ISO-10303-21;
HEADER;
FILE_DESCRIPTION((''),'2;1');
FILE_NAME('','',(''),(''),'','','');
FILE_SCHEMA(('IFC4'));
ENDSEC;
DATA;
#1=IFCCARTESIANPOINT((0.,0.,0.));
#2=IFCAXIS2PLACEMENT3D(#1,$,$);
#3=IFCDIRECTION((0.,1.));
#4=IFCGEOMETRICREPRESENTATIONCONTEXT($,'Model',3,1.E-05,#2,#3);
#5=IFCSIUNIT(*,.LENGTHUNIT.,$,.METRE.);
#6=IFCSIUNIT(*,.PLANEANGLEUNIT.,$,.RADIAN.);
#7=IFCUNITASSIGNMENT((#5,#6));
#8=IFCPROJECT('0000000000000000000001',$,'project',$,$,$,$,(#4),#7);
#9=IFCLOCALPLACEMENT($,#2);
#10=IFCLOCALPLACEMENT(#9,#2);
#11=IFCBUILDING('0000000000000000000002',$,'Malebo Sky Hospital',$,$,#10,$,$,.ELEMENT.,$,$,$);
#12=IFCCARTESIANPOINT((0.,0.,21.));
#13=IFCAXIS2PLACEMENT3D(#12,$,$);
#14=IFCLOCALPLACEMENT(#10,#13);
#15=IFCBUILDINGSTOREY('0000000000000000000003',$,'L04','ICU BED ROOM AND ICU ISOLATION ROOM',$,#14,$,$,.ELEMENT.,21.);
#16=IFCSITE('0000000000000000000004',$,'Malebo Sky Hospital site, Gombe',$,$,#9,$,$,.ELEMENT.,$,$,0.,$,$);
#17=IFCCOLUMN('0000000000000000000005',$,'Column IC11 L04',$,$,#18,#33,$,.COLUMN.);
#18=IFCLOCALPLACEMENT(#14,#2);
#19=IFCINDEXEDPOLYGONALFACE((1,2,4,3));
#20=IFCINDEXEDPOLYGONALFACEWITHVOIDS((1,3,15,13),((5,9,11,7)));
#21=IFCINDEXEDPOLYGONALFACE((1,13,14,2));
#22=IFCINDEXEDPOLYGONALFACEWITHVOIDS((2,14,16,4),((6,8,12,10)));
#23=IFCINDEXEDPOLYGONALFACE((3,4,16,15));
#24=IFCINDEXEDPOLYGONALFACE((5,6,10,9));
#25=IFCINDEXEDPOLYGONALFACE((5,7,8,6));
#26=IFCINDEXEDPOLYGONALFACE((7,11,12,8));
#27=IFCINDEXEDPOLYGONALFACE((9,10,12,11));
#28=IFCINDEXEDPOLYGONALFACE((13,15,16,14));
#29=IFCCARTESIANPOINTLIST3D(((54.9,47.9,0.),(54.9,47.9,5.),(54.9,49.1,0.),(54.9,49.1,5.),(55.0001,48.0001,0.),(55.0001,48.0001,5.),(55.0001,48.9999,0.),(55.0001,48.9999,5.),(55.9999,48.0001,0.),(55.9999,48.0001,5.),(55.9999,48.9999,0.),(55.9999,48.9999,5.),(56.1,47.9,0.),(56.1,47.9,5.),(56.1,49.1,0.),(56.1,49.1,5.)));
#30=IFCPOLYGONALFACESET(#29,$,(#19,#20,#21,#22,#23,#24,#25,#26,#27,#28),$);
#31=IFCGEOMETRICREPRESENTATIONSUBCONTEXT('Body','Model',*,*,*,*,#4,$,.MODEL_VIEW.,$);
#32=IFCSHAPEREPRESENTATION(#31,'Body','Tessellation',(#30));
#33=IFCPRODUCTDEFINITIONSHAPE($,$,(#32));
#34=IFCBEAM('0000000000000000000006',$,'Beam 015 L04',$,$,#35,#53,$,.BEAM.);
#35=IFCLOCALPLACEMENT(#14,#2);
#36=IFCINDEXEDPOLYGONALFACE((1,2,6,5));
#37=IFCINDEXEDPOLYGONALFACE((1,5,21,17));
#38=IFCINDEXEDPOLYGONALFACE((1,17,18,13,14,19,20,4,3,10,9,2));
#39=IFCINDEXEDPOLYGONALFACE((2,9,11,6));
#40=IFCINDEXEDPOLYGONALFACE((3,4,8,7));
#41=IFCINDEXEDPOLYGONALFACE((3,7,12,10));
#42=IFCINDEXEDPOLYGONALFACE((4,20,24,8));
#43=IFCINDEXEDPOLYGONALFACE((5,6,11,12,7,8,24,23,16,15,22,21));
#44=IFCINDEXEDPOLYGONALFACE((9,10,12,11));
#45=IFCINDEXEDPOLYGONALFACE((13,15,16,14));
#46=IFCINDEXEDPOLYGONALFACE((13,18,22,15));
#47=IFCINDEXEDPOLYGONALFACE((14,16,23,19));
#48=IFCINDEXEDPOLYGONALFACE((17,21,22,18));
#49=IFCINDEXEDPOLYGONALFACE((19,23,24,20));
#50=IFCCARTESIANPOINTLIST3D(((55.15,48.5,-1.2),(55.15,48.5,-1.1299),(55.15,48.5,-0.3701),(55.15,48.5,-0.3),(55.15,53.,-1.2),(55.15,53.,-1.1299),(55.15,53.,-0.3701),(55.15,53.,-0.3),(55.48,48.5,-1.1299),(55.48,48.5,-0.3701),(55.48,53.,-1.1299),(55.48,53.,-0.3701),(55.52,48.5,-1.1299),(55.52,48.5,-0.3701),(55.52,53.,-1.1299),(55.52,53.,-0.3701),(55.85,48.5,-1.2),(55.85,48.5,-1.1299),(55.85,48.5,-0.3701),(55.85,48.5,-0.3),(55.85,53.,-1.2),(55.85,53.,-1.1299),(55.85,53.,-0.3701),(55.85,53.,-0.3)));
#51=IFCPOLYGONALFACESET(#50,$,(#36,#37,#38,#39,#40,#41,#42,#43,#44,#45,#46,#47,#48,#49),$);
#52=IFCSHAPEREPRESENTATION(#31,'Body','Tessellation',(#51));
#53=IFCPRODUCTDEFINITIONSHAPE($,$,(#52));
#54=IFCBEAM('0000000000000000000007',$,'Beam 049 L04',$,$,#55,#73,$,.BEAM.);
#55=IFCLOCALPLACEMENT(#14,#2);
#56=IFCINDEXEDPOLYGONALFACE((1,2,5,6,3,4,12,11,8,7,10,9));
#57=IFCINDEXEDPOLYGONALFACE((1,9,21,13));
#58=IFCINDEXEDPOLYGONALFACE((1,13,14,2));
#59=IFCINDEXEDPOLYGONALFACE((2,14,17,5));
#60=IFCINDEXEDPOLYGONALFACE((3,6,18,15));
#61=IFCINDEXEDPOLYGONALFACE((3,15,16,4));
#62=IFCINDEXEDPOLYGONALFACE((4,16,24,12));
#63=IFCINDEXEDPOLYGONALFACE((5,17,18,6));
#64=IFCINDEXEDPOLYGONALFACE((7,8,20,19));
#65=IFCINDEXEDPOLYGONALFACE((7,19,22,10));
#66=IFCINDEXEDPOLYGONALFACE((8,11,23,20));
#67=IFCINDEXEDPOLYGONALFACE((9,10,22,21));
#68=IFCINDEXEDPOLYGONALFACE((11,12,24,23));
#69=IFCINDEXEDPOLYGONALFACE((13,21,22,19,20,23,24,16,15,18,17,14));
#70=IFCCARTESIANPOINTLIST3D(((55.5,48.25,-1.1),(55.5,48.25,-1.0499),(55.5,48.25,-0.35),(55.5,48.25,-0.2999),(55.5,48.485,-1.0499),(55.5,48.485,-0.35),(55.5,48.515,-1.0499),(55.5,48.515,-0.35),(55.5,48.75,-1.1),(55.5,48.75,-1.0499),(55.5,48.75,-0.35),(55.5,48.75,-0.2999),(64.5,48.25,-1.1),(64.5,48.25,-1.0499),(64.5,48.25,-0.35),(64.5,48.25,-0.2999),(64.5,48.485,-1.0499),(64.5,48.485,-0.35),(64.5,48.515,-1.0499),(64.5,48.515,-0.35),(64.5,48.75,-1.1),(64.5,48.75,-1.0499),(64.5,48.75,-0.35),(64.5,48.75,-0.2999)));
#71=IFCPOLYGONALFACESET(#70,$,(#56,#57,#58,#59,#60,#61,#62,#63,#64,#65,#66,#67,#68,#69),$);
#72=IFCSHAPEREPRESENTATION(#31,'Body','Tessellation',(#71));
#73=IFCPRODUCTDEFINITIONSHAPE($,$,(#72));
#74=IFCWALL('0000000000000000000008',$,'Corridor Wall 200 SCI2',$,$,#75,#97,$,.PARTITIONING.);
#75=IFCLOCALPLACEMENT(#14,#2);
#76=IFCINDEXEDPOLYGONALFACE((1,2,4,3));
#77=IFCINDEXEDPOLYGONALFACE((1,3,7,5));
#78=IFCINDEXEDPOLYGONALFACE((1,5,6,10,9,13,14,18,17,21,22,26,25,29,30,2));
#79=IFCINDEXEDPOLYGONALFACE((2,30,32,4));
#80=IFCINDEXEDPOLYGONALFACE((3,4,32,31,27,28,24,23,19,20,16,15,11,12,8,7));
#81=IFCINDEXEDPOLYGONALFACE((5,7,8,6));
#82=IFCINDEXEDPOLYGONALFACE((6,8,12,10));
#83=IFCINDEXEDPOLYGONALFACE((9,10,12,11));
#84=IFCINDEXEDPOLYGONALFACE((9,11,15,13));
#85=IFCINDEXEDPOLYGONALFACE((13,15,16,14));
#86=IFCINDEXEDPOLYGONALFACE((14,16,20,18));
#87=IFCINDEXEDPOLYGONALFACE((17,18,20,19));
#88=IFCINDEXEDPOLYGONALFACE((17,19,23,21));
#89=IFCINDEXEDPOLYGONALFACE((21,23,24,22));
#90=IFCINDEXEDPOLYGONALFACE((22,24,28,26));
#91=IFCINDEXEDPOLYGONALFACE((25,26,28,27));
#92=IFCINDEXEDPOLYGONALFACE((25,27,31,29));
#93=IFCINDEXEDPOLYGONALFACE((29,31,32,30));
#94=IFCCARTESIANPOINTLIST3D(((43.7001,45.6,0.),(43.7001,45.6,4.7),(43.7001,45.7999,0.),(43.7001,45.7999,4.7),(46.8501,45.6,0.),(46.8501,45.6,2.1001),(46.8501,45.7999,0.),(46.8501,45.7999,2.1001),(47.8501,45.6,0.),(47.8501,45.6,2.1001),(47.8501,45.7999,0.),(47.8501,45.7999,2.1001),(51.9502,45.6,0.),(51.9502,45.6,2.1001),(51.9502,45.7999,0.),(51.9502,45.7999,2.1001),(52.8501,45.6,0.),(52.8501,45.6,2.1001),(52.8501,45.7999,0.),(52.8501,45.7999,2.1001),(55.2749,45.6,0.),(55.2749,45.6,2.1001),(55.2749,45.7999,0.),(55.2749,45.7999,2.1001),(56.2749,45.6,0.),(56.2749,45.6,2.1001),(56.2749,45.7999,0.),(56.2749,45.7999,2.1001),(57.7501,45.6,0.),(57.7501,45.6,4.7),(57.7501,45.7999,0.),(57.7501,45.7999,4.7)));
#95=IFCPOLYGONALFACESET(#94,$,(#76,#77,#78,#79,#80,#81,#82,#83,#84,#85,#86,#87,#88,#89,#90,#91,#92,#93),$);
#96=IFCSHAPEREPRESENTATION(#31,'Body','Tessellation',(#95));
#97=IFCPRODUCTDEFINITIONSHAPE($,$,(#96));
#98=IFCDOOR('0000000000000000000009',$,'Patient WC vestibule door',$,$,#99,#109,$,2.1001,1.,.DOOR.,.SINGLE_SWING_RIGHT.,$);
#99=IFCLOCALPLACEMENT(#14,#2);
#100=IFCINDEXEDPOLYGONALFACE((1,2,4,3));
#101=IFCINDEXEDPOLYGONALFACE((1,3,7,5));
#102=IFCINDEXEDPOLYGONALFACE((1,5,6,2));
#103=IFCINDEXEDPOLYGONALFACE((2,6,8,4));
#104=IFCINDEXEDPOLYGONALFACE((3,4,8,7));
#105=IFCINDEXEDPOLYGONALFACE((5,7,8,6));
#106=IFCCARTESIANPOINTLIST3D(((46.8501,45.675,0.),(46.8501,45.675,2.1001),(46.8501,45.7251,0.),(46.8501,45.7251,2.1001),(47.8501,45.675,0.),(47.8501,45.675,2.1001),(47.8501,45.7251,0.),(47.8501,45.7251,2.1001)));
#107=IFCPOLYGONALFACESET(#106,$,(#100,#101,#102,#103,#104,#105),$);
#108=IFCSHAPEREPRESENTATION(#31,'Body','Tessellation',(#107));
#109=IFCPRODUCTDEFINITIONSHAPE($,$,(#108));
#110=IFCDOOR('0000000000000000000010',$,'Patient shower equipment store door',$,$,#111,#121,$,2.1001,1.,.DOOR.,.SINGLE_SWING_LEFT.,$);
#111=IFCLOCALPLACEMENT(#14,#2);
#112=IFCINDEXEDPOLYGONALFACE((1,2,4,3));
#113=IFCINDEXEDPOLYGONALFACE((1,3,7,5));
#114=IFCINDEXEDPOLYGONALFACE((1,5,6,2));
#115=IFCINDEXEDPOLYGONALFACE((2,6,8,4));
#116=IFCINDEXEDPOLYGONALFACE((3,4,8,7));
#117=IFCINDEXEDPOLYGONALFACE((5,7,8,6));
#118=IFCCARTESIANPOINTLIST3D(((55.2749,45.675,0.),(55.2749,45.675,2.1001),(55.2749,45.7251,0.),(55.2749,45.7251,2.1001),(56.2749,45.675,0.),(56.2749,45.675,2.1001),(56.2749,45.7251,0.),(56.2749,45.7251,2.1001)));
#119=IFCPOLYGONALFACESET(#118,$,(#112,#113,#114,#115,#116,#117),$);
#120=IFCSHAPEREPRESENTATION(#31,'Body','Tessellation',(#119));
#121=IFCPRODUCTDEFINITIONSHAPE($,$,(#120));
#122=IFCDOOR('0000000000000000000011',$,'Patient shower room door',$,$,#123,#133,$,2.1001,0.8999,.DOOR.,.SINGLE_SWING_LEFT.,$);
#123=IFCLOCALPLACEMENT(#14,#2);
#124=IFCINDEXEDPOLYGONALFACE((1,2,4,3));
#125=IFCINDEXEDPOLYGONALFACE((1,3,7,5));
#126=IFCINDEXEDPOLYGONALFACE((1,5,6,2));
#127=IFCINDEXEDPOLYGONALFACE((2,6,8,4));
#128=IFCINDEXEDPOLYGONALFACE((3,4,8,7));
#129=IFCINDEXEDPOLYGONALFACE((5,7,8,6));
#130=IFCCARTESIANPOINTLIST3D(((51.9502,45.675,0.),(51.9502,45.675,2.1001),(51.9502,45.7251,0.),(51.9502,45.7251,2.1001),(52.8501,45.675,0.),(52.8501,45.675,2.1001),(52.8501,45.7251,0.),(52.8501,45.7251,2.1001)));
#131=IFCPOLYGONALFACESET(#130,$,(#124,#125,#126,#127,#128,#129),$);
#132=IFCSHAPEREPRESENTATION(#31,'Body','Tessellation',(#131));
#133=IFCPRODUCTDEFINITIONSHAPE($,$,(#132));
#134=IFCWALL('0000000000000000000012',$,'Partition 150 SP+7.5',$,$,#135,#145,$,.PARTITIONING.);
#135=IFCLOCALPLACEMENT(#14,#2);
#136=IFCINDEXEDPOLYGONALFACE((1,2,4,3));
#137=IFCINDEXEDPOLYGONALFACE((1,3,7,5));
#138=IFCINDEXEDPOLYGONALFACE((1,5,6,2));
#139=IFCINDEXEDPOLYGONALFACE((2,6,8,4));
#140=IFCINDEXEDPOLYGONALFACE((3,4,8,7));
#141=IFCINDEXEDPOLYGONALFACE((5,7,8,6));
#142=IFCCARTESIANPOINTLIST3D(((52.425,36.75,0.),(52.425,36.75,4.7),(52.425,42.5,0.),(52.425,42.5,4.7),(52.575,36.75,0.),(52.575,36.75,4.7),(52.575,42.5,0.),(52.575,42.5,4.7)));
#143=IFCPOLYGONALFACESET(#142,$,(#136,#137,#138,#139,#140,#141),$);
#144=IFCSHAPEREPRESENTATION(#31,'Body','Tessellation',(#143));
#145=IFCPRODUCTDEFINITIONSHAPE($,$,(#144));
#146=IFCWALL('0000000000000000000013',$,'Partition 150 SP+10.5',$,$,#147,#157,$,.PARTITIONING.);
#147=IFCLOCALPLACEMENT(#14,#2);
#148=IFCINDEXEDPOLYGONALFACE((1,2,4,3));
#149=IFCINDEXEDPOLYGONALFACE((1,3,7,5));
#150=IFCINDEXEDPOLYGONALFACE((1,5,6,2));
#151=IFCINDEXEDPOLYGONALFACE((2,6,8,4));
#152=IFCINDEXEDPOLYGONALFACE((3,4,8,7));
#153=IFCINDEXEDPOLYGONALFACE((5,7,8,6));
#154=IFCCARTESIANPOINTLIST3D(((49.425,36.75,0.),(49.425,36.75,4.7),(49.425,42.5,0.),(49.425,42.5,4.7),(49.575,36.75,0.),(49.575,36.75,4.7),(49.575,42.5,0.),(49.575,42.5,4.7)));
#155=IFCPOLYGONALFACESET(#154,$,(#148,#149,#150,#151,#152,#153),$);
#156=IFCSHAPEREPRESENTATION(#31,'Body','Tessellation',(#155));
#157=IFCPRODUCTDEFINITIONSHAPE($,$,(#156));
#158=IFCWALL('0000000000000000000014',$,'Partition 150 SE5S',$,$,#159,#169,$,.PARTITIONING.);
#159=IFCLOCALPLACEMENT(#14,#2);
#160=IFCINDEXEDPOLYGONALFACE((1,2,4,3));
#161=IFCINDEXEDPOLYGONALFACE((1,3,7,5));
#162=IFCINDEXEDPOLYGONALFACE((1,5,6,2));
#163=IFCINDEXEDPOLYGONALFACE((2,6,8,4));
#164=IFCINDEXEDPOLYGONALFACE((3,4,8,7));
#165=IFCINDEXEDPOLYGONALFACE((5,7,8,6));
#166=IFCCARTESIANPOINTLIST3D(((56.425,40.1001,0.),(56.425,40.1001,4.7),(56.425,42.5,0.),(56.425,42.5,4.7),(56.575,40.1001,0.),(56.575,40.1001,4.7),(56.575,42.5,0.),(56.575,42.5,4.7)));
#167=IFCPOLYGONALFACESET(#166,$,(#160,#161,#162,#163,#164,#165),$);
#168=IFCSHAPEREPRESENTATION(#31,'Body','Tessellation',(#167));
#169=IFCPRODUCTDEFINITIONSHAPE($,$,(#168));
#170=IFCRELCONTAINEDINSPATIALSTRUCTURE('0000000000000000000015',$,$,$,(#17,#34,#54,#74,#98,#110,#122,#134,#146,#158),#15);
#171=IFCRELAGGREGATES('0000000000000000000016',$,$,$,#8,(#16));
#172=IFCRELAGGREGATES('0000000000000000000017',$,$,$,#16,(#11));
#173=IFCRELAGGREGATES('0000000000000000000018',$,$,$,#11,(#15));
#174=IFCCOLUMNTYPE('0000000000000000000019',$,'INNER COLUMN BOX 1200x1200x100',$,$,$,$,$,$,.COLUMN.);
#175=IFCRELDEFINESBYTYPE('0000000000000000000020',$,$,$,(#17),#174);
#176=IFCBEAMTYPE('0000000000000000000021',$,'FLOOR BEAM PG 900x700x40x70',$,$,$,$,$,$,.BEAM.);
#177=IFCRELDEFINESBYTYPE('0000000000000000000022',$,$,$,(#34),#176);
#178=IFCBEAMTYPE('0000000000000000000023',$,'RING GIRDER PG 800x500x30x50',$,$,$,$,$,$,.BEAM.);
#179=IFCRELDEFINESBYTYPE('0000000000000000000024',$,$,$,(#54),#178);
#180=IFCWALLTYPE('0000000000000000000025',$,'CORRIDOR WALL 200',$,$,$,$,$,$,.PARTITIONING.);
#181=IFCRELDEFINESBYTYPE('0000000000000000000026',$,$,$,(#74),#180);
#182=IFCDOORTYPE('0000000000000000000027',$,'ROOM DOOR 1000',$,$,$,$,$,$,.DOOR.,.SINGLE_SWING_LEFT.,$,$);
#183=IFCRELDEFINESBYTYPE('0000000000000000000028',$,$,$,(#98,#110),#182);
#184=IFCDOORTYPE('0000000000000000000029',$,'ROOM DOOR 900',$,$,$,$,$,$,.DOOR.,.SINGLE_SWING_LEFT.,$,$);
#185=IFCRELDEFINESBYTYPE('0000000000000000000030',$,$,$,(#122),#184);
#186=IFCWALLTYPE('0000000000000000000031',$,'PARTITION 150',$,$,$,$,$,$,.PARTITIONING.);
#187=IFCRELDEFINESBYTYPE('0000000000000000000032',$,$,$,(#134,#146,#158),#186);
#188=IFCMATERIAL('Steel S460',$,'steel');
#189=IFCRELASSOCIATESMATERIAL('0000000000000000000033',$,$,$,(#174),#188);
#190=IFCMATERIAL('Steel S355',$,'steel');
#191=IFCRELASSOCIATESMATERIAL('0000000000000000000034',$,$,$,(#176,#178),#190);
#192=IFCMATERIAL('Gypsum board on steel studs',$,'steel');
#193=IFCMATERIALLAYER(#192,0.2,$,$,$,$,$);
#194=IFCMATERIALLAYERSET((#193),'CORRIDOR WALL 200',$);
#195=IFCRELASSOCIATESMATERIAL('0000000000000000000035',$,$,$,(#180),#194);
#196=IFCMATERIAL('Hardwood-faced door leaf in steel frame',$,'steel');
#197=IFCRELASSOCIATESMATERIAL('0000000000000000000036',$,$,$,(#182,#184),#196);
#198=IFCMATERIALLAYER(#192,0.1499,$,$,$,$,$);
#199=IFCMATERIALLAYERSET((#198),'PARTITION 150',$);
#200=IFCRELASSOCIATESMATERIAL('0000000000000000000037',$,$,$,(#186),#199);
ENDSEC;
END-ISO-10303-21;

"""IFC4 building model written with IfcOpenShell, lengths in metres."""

from ifc_helpers import new_model, si_unit, direction, frame, frame_2d, origin, origin_2d, place, context, subcontext, project, spatial, rectangle, hollow_rectangle, i_section, extrude, material, layer, layer_set, material_profile, profile_set, type_object, element, fill, save


model = new_model("IFC4")

# Units and contexts
model_context = context("Model", 3, precision=1e-05, world=origin(), true_north=direction((0.0, 1.0)))
body_context = subcontext(model_context, "Body", "Model", "MODEL_VIEW")
ifc_project = project(units=[si_unit("LENGTHUNIT", "METRE"), si_unit("PLANEANGLEUNIT", "RADIAN")], contexts=[model_context])

# Site, building, storey
site_placement = place(None, origin())
site = spatial("IfcSite", under=ifc_project, at=site_placement, Name="Malebo Sky Hospital site, Gombe", CompositionType="ELEMENT", RefElevation=0.0)
building_placement = place(site_placement, origin())
building = spatial("IfcBuilding", under=site, at=building_placement, Name="Malebo Sky Hospital", CompositionType="ELEMENT")
storey_placement = place(building_placement, frame((0.0, 0.0, 21.0)))
storey = spatial("IfcBuildingStorey", under=building, at=storey_placement, Name="L04", Description="ICU BED ROOM AND ICU ISOLATION ROOM", CompositionType="ELEMENT", Elevation=21.0)

# Column
ifc_material_1 = material(Name="Steel S460", Category="steel")
ifc_material_profile_1 = material_profile(ifc_material_1, hollow_rectangle(XDim=1.2, YDim=1.2, WallThickness=0.1001, at=origin_2d()), Name="BOX 1200x1200x100")
ifc_profile_set_1 = profile_set([ifc_material_profile_1], Name="Steel S460")
column_type = type_object("IfcColumnType", Name="INNER COLUMN BOX 1200x1200x100", PredefinedType="COLUMN", material=ifc_profile_set_1)
column_placement = place(storey_placement, frame((55.5, 48.5, 0.0), z_axis=(0.0, 0.0, 1.0), x_axis=(1.0, 0.0, 0.0)))
element("IfcColumn", 1, at=column_placement, inside=storey, type_object=column_type, Name="Column IC11 L04", PredefinedType="COLUMN", context=body_context, shape_type="SweptSolid", body=[
    extrude(hollow_rectangle(XDim=1.2, YDim=1.2, WallThickness=0.1001, at=origin_2d()), origin(), (0.0, 0.0, 1.0), 5.0),
])

# Beams
ifc_material_2 = material(Name="Steel S355", Category="steel")
ifc_material_profile_2 = material_profile(ifc_material_2, i_section(OverallWidth=0.7, OverallDepth=0.8999, WebThickness=0.04, FlangeThickness=0.0701, at=origin_2d()), Name="PG 900x700x40x70")
ifc_profile_set_2 = profile_set([ifc_material_profile_2], Name="Steel S355")
beam_type_1 = type_object("IfcBeamType", Name="FLOOR BEAM PG 900x700x40x70", PredefinedType="BEAM", material=ifc_profile_set_2)
beam_1_placement = place(storey_placement, frame((55.5, 48.5, -0.75), z_axis=(0.0, 1.0, 0.0), x_axis=(-1.0, 0.0, 0.0)))
element("IfcBeam", 2, at=beam_1_placement, inside=storey, type_object=beam_type_1, Name="Beam 015 L04", PredefinedType="BEAM", context=body_context, shape_type="SweptSolid", body=[
    extrude(i_section(OverallWidth=0.7, OverallDepth=0.8999, WebThickness=0.04, FlangeThickness=0.0701, at=origin_2d()), origin(), (0.0, 0.0, 1.0), 4.5),
])
ifc_material_profile_3 = material_profile(ifc_material_2, i_section(OverallWidth=0.5, OverallDepth=0.8, WebThickness=0.03, FlangeThickness=0.05, at=origin_2d()), Name="PG 800x500x30x50")
ifc_profile_set_3 = profile_set([ifc_material_profile_3], Name="Steel S355")
beam_type_2 = type_object("IfcBeamType", Name="RING GIRDER PG 800x500x30x50", PredefinedType="BEAM", material=ifc_profile_set_3)
beam_2_placement = place(storey_placement, frame((55.5, 48.5, -0.7), z_axis=(1.0, 0.0, 0.0), x_axis=(0.0, 1.0, 0.0)))
element("IfcBeam", 3, at=beam_2_placement, inside=storey, type_object=beam_type_2, Name="Beam 049 L04", PredefinedType="BEAM", context=body_context, shape_type="SweptSolid", body=[
    extrude(i_section(OverallWidth=0.5, OverallDepth=0.8, WebThickness=0.03, FlangeThickness=0.05, at=origin_2d()), origin(), (0.0, 0.0, 1.0), 9.0),
])

# Wall, openings, doors
ifc_material_3 = material(Name="Gypsum board on steel studs", Category="steel")
ifc_layer_1 = layer(ifc_material_3, 0.2)
ifc_layer_set_1 = layer_set([ifc_layer_1], Name="CORRIDOR WALL 200")
wall_type_1 = type_object("IfcWallType", Name="CORRIDOR WALL 200", PredefinedType="PARTITIONING", material=ifc_layer_set_1)
wall_1_placement = place(storey_placement, frame((57.75, 45.7, 0.0), z_axis=(0.0, 0.0, 1.0), x_axis=(-1.0, 0.0, 0.0)))
wall_1 = element("IfcWall", 4, at=wall_1_placement, inside=storey, type_object=wall_type_1, Name="Corridor Wall 200 SCI2", PredefinedType="PARTITIONING", context=body_context, shape_type="SweptSolid", body=[
    extrude(rectangle(XDim=14.05, YDim=0.2, at=frame_2d((7.0249, 0.0))), origin(), (0.0, 0.0, 1.0), 4.7),
])
opening_1_placement = place(wall_1_placement, frame((9.8999, 0.0, 0.0)))
opening_1 = element("IfcOpeningElement", 5, at=opening_1_placement, cuts=wall_1, PredefinedType="OPENING", context=body_context, shape_type="SweptSolid", body=[
    extrude(rectangle(XDim=1.0, YDim=2.1001, at=frame_2d((0.5, 1.05))), frame((0.0, 0.1099, 0.0), z_axis=(0.0, -1.0, 0.0), x_axis=(1.0, 0.0, 0.0)), (0.0, 0.0, 1.0), 0.22),
])
opening_2_placement = place(wall_1_placement, frame((4.8999, 0.0, 0.0)))
opening_2 = element("IfcOpeningElement", 6, at=opening_2_placement, cuts=wall_1, PredefinedType="OPENING", context=body_context, shape_type="SweptSolid", body=[
    extrude(rectangle(XDim=0.8999, YDim=2.1001, at=frame_2d((0.45, 1.05))), frame((0.0, 0.1099, 0.0), z_axis=(0.0, -1.0, 0.0), x_axis=(1.0, 0.0, 0.0)), (0.0, 0.0, 1.0), 0.22),
])
opening_3_placement = place(wall_1_placement, frame((1.4751, 0.0, 0.0)))
opening_3 = element("IfcOpeningElement", 7, at=opening_3_placement, cuts=wall_1, PredefinedType="OPENING", context=body_context, shape_type="SweptSolid", body=[
    extrude(rectangle(XDim=1.0, YDim=2.1001, at=frame_2d((0.5, 1.05))), frame((0.0, 0.1099, 0.0), z_axis=(0.0, -1.0, 0.0), x_axis=(1.0, 0.0, 0.0)), (0.0, 0.0, 1.0), 0.22),
])
ifc_material_4 = material(Name="Hardwood-faced door leaf in steel frame", Category="steel")
door_type_1 = type_object("IfcDoorType", Name="ROOM DOOR 1000", OperationType="SINGLE_SWING_LEFT", PredefinedType="DOOR", material=ifc_material_4)
door_1_placement = place(opening_1_placement, origin())
door_1 = element("IfcDoor", 8, at=door_1_placement, inside=storey, type_object=door_type_1, Name="Patient WC vestibule door", OperationType="SINGLE_SWING_RIGHT", OverallHeight=2.1001, OverallWidth=1.0, PredefinedType="DOOR", context=body_context, shape_type="SweptSolid", body=[
    extrude(rectangle(XDim=1.0, YDim=2.1001, at=frame_2d((0.5, 1.05))), frame((0.0, 0.0249, 0.0), z_axis=(0.0, -1.0, 0.0), x_axis=(1.0, 0.0, 0.0)), (0.0, 0.0, 1.0), 0.05),
])
fill(opening_1, door_1)
door_2_placement = place(opening_3_placement, origin())
door_2 = element("IfcDoor", 9, at=door_2_placement, inside=storey, type_object=door_type_1, Name="Patient shower equipment store door", OperationType="SINGLE_SWING_LEFT", OverallHeight=2.1001, OverallWidth=1.0, PredefinedType="DOOR", context=body_context, shape_type="SweptSolid", body=[
    extrude(rectangle(XDim=1.0, YDim=2.1001, at=frame_2d((0.5, 1.05))), frame((0.0, 0.0249, 0.0), z_axis=(0.0, -1.0, 0.0), x_axis=(1.0, 0.0, 0.0)), (0.0, 0.0, 1.0), 0.05),
])
fill(opening_3, door_2)
door_type_2 = type_object("IfcDoorType", Name="ROOM DOOR 900", OperationType="SINGLE_SWING_LEFT", PredefinedType="DOOR", material=ifc_material_4)
door_3_placement = place(opening_2_placement, origin())
door_3 = element("IfcDoor", 10, at=door_3_placement, inside=storey, type_object=door_type_2, Name="Patient shower room door", OperationType="SINGLE_SWING_LEFT", OverallHeight=2.1001, OverallWidth=0.8999, PredefinedType="DOOR", context=body_context, shape_type="SweptSolid", body=[
    extrude(rectangle(XDim=0.8999, YDim=2.1001, at=frame_2d((0.45, 1.05))), frame((0.0, 0.0249, 0.0), z_axis=(0.0, -1.0, 0.0), x_axis=(1.0, 0.0, 0.0)), (0.0, 0.0, 1.0), 0.05),
])
fill(opening_2, door_3)

# Walls
ifc_layer_2 = layer(ifc_material_3, 0.1499)
ifc_layer_set_2 = layer_set([ifc_layer_2], Name="PARTITION 150")
wall_type_2 = type_object("IfcWallType", Name="PARTITION 150", PredefinedType="PARTITIONING", material=ifc_layer_set_2)
for number, where, z_axis, x_axis, name in (
    (11, (52.5, 42.5, 0.0), (0.0, 0.0, 1.0), (0.0, -1.0, 0.0), "Partition 150 SP+7.5"),
    (12, (49.5, 42.5, 0.0), (0.0, 0.0, 1.0), (0.0, -1.0, 0.0), "Partition 150 SP+10.5"),
):
    element("IfcWall", number, at=place(storey_placement, frame(where, z_axis=z_axis, x_axis=x_axis)), inside=storey, type_object=wall_type_2, Name=name, PredefinedType="PARTITIONING", context=body_context, shape_type="SweptSolid", body=[
        extrude(rectangle(XDim=5.75, YDim=0.1499, at=frame_2d((2.875, 0.0))), origin(), (0.0, 0.0, 1.0), 4.7),
    ])
wall_2_placement = place(storey_placement, frame((56.5, 42.5, 0.0), z_axis=(0.0, 0.0, 1.0), x_axis=(0.0, -1.0, 0.0)))
element("IfcWall", 13, at=wall_2_placement, inside=storey, type_object=wall_type_2, Name="Partition 150 SE5S", PredefinedType="PARTITIONING", context=body_context, shape_type="SweptSolid", body=[
    extrude(rectangle(XDim=2.3999, YDim=0.1499, at=frame_2d((1.2, 0.0))), origin(), (0.0, 0.0, 1.0), 4.7),
])

save(model, "model.ifc")
